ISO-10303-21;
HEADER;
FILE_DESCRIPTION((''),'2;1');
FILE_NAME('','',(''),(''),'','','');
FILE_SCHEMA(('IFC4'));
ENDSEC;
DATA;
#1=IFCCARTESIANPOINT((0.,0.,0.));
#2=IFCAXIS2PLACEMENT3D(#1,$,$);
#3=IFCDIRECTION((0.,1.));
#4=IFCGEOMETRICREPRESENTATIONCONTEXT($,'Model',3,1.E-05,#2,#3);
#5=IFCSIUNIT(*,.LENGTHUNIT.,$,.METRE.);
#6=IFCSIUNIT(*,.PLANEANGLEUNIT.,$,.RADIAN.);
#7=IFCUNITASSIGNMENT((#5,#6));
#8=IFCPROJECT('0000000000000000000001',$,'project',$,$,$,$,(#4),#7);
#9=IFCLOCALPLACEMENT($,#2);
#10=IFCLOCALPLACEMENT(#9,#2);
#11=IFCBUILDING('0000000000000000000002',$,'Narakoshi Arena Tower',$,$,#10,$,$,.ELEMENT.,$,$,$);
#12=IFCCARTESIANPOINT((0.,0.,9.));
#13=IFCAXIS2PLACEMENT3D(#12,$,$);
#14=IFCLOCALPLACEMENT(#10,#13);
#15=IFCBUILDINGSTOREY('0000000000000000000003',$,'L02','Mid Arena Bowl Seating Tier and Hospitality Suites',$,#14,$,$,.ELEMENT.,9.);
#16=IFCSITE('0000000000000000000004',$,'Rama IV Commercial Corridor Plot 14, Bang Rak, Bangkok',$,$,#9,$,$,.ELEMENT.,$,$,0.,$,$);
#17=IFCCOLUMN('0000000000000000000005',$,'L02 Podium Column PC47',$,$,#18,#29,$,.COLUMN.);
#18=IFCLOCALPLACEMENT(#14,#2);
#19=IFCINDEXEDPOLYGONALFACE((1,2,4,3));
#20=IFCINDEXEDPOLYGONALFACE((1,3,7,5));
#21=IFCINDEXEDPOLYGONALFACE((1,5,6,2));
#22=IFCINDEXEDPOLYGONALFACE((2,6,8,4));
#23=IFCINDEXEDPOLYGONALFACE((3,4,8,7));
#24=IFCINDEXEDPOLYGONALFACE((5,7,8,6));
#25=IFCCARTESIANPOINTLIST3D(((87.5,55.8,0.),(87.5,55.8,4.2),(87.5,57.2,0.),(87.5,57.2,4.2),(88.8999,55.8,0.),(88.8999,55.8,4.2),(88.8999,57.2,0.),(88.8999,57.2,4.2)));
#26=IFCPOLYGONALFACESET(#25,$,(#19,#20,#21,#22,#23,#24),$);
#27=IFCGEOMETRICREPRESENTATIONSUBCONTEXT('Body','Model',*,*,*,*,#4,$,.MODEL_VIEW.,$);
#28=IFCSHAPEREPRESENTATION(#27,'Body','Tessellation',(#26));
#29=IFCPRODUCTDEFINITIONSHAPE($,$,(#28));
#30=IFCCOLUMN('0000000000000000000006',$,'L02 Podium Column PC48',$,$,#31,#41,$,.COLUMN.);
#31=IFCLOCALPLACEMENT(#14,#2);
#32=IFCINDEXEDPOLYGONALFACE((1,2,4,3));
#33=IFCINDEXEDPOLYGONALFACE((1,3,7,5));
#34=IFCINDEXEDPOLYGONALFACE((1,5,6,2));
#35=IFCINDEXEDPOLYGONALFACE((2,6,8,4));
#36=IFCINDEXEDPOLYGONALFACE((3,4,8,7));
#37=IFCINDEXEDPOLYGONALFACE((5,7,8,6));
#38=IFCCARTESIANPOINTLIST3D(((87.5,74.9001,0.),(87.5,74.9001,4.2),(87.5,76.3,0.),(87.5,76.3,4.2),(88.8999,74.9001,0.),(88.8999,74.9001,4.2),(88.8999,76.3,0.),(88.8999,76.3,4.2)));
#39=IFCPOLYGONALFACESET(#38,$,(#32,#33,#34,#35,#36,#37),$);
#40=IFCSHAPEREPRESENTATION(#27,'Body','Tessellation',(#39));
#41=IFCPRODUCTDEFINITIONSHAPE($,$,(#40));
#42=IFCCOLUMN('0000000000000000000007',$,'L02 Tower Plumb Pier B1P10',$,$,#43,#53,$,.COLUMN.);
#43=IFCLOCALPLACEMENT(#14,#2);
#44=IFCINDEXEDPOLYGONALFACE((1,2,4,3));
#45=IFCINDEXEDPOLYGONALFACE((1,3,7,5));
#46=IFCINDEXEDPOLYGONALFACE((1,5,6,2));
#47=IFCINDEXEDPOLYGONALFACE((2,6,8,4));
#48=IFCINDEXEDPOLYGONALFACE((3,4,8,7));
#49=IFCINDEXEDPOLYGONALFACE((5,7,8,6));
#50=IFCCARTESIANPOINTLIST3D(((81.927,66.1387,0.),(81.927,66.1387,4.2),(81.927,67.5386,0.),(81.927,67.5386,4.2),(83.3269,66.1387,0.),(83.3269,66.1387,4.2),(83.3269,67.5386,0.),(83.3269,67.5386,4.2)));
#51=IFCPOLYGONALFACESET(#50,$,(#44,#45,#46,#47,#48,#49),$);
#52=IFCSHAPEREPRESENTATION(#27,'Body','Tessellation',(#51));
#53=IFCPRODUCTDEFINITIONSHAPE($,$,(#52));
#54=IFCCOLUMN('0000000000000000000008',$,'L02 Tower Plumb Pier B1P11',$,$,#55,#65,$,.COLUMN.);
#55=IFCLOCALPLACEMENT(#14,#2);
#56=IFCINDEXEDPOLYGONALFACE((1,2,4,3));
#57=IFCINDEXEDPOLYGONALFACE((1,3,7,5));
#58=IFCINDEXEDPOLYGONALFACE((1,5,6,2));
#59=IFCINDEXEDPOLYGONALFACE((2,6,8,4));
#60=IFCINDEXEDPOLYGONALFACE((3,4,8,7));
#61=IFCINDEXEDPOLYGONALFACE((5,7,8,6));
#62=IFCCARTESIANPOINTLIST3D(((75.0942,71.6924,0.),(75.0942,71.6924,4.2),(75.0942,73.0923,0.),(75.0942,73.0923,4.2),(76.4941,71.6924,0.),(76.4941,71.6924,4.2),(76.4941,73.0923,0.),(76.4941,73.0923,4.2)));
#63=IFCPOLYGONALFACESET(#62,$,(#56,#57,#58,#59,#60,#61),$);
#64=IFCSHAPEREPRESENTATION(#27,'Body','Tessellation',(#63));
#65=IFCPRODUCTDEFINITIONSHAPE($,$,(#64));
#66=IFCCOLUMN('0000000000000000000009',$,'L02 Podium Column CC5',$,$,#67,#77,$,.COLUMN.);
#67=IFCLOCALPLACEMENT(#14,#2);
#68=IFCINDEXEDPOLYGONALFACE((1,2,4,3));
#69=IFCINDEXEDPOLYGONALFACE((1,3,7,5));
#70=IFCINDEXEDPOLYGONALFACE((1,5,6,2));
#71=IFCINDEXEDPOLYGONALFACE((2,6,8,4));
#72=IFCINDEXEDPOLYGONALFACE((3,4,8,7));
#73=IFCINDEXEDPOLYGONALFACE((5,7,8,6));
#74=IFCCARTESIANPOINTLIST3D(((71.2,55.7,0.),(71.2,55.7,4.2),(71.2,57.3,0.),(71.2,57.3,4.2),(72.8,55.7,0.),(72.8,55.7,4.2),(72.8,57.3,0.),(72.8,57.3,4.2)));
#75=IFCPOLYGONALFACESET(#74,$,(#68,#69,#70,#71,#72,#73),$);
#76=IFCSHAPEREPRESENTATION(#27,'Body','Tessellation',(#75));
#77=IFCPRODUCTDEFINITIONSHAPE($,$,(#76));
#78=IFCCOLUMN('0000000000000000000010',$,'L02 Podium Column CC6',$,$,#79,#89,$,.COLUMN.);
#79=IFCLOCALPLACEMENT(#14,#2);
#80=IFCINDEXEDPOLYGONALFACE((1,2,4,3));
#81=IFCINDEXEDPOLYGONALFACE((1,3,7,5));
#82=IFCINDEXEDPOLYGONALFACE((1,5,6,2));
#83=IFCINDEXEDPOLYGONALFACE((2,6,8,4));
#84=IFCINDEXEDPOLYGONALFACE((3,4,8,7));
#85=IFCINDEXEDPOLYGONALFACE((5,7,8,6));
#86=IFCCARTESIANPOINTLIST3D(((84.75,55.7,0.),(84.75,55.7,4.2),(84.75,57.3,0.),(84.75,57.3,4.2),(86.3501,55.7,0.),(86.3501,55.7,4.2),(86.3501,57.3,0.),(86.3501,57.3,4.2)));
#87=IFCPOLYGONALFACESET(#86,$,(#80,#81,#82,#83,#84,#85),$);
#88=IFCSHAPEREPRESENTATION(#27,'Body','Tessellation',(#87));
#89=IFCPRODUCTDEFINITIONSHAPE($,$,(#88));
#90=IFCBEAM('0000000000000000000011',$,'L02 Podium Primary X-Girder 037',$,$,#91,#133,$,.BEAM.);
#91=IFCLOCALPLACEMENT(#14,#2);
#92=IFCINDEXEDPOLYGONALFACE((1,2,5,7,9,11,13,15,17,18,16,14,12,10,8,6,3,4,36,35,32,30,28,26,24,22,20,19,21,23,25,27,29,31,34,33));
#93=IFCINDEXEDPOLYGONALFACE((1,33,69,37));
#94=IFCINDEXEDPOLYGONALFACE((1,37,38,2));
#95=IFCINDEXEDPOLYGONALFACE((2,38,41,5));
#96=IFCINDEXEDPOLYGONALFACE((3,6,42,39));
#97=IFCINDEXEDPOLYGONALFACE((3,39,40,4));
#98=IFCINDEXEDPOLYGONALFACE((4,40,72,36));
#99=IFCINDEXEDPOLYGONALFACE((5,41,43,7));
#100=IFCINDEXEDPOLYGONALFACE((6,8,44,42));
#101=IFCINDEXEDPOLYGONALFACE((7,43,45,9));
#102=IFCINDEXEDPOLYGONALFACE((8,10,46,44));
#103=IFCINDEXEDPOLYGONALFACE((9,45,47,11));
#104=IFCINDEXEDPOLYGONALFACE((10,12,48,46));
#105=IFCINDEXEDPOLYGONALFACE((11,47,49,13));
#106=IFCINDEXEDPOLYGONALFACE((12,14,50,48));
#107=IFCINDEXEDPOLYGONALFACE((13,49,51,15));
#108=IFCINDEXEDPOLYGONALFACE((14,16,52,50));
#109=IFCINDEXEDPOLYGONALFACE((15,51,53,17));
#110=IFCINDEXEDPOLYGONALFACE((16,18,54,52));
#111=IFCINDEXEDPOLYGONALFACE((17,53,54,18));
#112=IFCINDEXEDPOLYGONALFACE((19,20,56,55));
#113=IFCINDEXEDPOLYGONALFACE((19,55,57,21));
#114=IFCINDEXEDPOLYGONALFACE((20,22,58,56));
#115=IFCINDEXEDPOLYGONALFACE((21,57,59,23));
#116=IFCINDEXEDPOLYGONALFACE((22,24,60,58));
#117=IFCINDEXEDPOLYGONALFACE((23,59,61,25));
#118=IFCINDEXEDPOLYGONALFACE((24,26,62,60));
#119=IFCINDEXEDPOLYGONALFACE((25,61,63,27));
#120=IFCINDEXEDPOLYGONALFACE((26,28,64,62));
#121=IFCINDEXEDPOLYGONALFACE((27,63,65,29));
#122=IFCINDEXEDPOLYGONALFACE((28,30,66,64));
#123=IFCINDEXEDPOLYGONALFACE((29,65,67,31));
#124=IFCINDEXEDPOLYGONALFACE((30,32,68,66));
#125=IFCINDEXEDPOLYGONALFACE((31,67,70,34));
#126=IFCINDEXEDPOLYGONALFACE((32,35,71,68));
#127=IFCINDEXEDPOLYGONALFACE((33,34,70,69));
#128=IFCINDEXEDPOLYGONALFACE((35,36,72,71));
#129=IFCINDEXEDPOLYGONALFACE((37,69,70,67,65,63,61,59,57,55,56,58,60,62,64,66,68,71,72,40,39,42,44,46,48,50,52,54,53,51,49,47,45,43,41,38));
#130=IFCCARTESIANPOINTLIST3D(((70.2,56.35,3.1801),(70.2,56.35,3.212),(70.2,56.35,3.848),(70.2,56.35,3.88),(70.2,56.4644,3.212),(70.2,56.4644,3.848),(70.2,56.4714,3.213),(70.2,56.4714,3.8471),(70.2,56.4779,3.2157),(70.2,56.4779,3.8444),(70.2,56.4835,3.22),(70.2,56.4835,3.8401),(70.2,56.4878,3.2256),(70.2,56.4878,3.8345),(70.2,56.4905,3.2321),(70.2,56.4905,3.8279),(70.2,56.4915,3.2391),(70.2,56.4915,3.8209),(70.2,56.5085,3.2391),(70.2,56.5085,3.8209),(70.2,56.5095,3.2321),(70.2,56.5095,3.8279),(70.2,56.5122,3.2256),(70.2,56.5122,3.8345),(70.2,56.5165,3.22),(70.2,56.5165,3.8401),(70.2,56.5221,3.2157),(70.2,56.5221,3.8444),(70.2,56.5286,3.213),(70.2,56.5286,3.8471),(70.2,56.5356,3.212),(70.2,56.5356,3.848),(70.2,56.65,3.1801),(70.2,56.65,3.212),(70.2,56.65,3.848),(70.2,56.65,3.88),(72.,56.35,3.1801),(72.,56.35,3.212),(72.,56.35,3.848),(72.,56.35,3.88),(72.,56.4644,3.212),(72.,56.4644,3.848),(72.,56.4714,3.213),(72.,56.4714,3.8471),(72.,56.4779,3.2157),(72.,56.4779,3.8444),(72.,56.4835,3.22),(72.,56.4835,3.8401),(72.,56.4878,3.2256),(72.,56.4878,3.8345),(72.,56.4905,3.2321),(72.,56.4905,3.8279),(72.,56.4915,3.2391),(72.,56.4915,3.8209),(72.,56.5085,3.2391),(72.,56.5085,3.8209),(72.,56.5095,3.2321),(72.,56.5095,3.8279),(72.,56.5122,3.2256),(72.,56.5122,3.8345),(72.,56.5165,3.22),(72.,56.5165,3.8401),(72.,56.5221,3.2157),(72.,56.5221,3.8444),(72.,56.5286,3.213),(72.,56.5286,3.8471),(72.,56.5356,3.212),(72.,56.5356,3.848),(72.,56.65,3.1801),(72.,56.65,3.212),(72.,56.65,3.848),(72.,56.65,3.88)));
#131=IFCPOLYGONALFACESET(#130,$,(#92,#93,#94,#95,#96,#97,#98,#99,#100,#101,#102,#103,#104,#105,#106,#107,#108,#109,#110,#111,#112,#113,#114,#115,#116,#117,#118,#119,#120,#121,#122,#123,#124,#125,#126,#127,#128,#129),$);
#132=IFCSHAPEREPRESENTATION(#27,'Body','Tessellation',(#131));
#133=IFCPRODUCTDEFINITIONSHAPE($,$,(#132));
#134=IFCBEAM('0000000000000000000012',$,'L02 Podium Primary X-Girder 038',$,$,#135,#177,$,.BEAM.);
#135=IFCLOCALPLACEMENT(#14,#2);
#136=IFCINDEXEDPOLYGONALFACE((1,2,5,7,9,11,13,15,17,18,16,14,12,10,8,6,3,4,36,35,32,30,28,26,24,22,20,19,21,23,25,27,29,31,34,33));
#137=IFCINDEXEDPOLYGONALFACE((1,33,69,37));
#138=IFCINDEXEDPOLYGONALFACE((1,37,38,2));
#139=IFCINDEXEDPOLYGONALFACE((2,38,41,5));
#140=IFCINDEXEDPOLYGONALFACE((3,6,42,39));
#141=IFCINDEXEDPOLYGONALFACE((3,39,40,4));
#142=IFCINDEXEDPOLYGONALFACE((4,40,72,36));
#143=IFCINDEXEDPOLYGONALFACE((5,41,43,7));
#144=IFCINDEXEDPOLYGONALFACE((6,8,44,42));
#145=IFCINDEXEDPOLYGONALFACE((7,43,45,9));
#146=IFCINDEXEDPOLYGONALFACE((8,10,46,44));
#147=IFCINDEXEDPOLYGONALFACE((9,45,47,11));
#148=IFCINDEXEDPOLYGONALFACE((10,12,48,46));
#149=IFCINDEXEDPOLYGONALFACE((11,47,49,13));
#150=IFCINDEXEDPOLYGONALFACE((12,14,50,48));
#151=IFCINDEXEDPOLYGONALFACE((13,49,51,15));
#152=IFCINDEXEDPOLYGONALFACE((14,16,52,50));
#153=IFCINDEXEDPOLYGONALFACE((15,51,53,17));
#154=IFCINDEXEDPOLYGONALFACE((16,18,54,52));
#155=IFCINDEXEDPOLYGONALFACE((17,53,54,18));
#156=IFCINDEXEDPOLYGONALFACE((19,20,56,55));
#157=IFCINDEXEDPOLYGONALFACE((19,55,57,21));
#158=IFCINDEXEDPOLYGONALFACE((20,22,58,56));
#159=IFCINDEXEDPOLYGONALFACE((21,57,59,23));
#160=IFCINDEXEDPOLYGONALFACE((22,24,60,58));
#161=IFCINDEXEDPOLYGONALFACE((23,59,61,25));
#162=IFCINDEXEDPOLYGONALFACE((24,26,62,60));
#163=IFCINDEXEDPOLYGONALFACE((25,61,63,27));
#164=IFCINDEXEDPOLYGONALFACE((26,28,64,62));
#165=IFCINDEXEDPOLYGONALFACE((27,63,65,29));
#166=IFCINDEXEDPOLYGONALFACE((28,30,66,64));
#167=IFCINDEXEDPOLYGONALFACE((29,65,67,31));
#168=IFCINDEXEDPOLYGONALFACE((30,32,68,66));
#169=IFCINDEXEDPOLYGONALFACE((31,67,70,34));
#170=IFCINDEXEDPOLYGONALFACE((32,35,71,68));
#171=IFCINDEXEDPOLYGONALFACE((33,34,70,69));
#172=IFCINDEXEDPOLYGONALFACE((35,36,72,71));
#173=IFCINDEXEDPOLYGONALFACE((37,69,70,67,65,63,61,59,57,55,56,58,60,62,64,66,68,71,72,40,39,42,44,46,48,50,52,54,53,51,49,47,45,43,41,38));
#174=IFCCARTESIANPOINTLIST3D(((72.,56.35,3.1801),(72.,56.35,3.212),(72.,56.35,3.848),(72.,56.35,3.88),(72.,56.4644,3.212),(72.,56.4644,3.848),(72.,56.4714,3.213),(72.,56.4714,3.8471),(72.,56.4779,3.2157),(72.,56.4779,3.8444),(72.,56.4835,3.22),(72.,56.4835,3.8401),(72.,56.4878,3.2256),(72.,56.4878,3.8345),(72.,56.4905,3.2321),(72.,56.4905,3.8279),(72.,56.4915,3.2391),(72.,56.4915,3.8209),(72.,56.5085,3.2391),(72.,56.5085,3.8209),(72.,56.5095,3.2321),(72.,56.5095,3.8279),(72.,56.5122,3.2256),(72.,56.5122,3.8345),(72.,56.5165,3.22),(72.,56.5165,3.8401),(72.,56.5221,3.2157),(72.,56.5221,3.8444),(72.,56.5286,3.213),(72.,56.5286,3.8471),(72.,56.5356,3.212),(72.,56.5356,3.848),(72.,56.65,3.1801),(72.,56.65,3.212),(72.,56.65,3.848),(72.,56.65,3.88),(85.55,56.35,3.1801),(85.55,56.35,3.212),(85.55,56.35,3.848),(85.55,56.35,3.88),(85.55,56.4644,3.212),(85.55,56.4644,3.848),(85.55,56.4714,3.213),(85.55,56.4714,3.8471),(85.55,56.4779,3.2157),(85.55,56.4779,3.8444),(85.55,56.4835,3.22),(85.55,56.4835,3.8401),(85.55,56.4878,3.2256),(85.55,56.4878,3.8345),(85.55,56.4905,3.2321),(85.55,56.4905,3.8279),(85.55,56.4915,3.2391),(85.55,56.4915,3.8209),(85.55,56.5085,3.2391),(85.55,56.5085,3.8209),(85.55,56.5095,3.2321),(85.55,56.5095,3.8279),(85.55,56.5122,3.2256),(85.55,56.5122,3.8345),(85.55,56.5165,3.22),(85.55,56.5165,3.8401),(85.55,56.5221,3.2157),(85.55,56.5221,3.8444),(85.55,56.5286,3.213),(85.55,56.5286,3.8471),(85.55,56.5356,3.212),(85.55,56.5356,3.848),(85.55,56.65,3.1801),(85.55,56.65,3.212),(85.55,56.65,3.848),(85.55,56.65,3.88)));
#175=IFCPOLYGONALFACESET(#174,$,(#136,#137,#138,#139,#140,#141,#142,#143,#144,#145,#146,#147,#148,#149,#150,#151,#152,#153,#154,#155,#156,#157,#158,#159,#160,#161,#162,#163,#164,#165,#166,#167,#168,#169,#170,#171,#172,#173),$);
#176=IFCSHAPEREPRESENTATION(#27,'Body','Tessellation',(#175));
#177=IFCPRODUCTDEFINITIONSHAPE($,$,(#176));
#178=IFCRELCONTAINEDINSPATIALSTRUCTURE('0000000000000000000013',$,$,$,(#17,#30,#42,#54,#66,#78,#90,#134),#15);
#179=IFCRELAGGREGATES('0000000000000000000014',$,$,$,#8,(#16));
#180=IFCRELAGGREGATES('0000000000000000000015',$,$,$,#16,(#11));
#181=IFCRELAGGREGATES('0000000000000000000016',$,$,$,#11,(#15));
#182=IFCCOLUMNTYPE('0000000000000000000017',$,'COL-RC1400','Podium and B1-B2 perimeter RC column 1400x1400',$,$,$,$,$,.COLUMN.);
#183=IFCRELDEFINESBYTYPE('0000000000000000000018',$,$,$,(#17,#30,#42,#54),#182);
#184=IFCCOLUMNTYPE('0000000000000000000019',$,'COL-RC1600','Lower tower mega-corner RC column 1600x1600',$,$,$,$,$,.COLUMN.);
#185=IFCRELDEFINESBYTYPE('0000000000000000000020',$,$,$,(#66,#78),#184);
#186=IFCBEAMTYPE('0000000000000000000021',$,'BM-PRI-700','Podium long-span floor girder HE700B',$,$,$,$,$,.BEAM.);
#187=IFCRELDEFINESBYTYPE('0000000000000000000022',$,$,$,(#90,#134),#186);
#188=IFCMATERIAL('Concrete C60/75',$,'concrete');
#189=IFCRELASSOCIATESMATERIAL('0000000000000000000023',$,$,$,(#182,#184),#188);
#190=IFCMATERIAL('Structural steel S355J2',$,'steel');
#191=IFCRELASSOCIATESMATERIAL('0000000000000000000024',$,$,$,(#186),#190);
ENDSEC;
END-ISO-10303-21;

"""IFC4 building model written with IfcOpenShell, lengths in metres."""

from ifc_helpers import new_model, si_unit, direction, frame, origin, origin_2d, place, context, subcontext, project, spatial, rectangle, i_section, extrude, material, material_profile, profile_set, type_object, element, save


model = new_model("IFC4")

# Units and contexts
model_context = context("Model", 3, precision=1e-05, world=origin(), true_north=direction((0.0, 1.0)))
body_context = subcontext(model_context, "Body", "Model", "MODEL_VIEW")
ifc_project = project(units=[si_unit("LENGTHUNIT", "METRE"), si_unit("PLANEANGLEUNIT", "RADIAN")], contexts=[model_context])

# Site, building, storey
site_placement = place(None, origin())
site = spatial("IfcSite", under=ifc_project, at=site_placement, Name="Rama IV Commercial Corridor Plot 14, Bang Rak, Bangkok", CompositionType="ELEMENT", RefElevation=0.0)
building_placement = place(site_placement, origin())
building = spatial("IfcBuilding", under=site, at=building_placement, Name="Narakoshi Arena Tower", CompositionType="ELEMENT")
storey_placement = place(building_placement, frame((0.0, 0.0, 9.0)))
storey = spatial("IfcBuildingStorey", under=building, at=storey_placement, Name="L02", Description="Mid Arena Bowl Seating Tier and Hospitality Suites", CompositionType="ELEMENT", Elevation=9.0)

# Columns
ifc_material_1 = material(Name="Concrete C60/75", Category="concrete")
ifc_material_profile_1 = material_profile(ifc_material_1, rectangle(XDim=1.3999, YDim=1.3999, at=origin_2d()), Name="RC1400x1400")
ifc_profile_set_1 = profile_set([ifc_material_profile_1], Name="Concrete C60/75")
column_type_1 = type_object("IfcColumnType", Name="COL-RC1400", Description="Podium and B1-B2 perimeter RC column 1400x1400", PredefinedType="COLUMN", material=ifc_profile_set_1)
for number, where, z_axis, x_axis, name in (
    (1, (88.2, 56.5, 0.0), (0.0, 0.0, 1.0), (1.0, 0.0, 0.0), "L02 Podium Column PC47"),
    (2, (88.2, 75.6001, 0.0), (0.0, 0.0, 1.0), (1.0, 0.0, 0.0), "L02 Podium Column PC48"),
    (3, (82.627, 66.8386, 0.0), (0.0, 0.0, 1.0), (1.0, 0.0, 0.0), "L02 Tower Plumb Pier B1P10"),
    (4, (75.7942, 72.3923, 0.0), (0.0, 0.0, 1.0), (1.0, 0.0, 0.0), "L02 Tower Plumb Pier B1P11"),
):
    element("IfcColumn", number, at=place(storey_placement, frame(where, z_axis=z_axis, x_axis=x_axis)), inside=storey, type_object=column_type_1, Name=name, PredefinedType="COLUMN", context=body_context, shape_type="SweptSolid", body=[
        extrude(rectangle(XDim=1.3999, YDim=1.3999, at=origin_2d()), origin(), (0.0, 0.0, 1.0), 4.2),
    ])
ifc_material_profile_2 = material_profile(ifc_material_1, rectangle(XDim=1.6001, YDim=1.6001, at=origin_2d()), Name="RC1600x1600")
ifc_profile_set_2 = profile_set([ifc_material_profile_2], Name="Concrete C60/75")
column_type_2 = type_object("IfcColumnType", Name="COL-RC1600", Description="Lower tower mega-corner RC column 1600x1600", PredefinedType="COLUMN", material=ifc_profile_set_2)
for number, where, z_axis, x_axis, name in (
    (5, (72.0, 56.5, 0.0), (0.0, 0.0, 1.0), (1.0, 0.0, 0.0), "L02 Podium Column CC5"),
    (6, (85.55, 56.5, 0.0), (0.0, 0.0, 1.0), (1.0, 0.0, 0.0), "L02 Podium Column CC6"),
):
    element("IfcColumn", number, at=place(storey_placement, frame(where, z_axis=z_axis, x_axis=x_axis)), inside=storey, type_object=column_type_2, Name=name, PredefinedType="COLUMN", context=body_context, shape_type="SweptSolid", body=[
        extrude(rectangle(XDim=1.6001, YDim=1.6001, at=origin_2d()), origin(), (0.0, 0.0, 1.0), 4.2),
    ])

# Beams
ifc_material_2 = material(Name="Structural steel S355J2", Category="steel")
ifc_material_profile_3 = material_profile(ifc_material_2, i_section(OverallWidth=0.3, OverallDepth=0.7, WebThickness=0.0171, FlangeThickness=0.032, FilletRadius=0.0271, at=origin_2d()), Name="HE700B")
ifc_profile_set_3 = profile_set([ifc_material_profile_3], Name="Structural steel S355J2")
beam_type_1 = type_object("IfcBeamType", Name="BM-PRI-700", Description="Podium long-span floor girder HE700B", PredefinedType="BEAM", material=ifc_profile_set_3)
beam_1_placement = place(storey_placement, frame((70.2, 56.5, 3.53), z_axis=(1.0, 0.0, 0.0), x_axis=(0.0, 1.0, 0.0)))
element("IfcBeam", 7, at=beam_1_placement, inside=storey, type_object=beam_type_1, Name="L02 Podium Primary X-Girder 037", PredefinedType="BEAM", context=body_context, shape_type="SweptSolid", body=[
    extrude(i_section(OverallWidth=0.3, OverallDepth=0.7, WebThickness=0.0171, FlangeThickness=0.032, FilletRadius=0.0271, at=origin_2d()), origin(), (0.0, 0.0, 1.0), 1.8),
])
beam_2_placement = place(storey_placement, frame((72.0, 56.5, 3.53), z_axis=(1.0, 0.0, 0.0), x_axis=(0.0, 1.0, 0.0)))
element("IfcBeam", 8, at=beam_2_placement, inside=storey, type_object=beam_type_1, Name="L02 Podium Primary X-Girder 038", PredefinedType="BEAM", context=body_context, shape_type="SweptSolid", body=[
    extrude(i_section(OverallWidth=0.3, OverallDepth=0.7, WebThickness=0.0171, FlangeThickness=0.032, FilletRadius=0.0271, at=origin_2d()), origin(), (0.0, 0.0, 1.0), 13.55),
])

save(model, "model.ifc")
